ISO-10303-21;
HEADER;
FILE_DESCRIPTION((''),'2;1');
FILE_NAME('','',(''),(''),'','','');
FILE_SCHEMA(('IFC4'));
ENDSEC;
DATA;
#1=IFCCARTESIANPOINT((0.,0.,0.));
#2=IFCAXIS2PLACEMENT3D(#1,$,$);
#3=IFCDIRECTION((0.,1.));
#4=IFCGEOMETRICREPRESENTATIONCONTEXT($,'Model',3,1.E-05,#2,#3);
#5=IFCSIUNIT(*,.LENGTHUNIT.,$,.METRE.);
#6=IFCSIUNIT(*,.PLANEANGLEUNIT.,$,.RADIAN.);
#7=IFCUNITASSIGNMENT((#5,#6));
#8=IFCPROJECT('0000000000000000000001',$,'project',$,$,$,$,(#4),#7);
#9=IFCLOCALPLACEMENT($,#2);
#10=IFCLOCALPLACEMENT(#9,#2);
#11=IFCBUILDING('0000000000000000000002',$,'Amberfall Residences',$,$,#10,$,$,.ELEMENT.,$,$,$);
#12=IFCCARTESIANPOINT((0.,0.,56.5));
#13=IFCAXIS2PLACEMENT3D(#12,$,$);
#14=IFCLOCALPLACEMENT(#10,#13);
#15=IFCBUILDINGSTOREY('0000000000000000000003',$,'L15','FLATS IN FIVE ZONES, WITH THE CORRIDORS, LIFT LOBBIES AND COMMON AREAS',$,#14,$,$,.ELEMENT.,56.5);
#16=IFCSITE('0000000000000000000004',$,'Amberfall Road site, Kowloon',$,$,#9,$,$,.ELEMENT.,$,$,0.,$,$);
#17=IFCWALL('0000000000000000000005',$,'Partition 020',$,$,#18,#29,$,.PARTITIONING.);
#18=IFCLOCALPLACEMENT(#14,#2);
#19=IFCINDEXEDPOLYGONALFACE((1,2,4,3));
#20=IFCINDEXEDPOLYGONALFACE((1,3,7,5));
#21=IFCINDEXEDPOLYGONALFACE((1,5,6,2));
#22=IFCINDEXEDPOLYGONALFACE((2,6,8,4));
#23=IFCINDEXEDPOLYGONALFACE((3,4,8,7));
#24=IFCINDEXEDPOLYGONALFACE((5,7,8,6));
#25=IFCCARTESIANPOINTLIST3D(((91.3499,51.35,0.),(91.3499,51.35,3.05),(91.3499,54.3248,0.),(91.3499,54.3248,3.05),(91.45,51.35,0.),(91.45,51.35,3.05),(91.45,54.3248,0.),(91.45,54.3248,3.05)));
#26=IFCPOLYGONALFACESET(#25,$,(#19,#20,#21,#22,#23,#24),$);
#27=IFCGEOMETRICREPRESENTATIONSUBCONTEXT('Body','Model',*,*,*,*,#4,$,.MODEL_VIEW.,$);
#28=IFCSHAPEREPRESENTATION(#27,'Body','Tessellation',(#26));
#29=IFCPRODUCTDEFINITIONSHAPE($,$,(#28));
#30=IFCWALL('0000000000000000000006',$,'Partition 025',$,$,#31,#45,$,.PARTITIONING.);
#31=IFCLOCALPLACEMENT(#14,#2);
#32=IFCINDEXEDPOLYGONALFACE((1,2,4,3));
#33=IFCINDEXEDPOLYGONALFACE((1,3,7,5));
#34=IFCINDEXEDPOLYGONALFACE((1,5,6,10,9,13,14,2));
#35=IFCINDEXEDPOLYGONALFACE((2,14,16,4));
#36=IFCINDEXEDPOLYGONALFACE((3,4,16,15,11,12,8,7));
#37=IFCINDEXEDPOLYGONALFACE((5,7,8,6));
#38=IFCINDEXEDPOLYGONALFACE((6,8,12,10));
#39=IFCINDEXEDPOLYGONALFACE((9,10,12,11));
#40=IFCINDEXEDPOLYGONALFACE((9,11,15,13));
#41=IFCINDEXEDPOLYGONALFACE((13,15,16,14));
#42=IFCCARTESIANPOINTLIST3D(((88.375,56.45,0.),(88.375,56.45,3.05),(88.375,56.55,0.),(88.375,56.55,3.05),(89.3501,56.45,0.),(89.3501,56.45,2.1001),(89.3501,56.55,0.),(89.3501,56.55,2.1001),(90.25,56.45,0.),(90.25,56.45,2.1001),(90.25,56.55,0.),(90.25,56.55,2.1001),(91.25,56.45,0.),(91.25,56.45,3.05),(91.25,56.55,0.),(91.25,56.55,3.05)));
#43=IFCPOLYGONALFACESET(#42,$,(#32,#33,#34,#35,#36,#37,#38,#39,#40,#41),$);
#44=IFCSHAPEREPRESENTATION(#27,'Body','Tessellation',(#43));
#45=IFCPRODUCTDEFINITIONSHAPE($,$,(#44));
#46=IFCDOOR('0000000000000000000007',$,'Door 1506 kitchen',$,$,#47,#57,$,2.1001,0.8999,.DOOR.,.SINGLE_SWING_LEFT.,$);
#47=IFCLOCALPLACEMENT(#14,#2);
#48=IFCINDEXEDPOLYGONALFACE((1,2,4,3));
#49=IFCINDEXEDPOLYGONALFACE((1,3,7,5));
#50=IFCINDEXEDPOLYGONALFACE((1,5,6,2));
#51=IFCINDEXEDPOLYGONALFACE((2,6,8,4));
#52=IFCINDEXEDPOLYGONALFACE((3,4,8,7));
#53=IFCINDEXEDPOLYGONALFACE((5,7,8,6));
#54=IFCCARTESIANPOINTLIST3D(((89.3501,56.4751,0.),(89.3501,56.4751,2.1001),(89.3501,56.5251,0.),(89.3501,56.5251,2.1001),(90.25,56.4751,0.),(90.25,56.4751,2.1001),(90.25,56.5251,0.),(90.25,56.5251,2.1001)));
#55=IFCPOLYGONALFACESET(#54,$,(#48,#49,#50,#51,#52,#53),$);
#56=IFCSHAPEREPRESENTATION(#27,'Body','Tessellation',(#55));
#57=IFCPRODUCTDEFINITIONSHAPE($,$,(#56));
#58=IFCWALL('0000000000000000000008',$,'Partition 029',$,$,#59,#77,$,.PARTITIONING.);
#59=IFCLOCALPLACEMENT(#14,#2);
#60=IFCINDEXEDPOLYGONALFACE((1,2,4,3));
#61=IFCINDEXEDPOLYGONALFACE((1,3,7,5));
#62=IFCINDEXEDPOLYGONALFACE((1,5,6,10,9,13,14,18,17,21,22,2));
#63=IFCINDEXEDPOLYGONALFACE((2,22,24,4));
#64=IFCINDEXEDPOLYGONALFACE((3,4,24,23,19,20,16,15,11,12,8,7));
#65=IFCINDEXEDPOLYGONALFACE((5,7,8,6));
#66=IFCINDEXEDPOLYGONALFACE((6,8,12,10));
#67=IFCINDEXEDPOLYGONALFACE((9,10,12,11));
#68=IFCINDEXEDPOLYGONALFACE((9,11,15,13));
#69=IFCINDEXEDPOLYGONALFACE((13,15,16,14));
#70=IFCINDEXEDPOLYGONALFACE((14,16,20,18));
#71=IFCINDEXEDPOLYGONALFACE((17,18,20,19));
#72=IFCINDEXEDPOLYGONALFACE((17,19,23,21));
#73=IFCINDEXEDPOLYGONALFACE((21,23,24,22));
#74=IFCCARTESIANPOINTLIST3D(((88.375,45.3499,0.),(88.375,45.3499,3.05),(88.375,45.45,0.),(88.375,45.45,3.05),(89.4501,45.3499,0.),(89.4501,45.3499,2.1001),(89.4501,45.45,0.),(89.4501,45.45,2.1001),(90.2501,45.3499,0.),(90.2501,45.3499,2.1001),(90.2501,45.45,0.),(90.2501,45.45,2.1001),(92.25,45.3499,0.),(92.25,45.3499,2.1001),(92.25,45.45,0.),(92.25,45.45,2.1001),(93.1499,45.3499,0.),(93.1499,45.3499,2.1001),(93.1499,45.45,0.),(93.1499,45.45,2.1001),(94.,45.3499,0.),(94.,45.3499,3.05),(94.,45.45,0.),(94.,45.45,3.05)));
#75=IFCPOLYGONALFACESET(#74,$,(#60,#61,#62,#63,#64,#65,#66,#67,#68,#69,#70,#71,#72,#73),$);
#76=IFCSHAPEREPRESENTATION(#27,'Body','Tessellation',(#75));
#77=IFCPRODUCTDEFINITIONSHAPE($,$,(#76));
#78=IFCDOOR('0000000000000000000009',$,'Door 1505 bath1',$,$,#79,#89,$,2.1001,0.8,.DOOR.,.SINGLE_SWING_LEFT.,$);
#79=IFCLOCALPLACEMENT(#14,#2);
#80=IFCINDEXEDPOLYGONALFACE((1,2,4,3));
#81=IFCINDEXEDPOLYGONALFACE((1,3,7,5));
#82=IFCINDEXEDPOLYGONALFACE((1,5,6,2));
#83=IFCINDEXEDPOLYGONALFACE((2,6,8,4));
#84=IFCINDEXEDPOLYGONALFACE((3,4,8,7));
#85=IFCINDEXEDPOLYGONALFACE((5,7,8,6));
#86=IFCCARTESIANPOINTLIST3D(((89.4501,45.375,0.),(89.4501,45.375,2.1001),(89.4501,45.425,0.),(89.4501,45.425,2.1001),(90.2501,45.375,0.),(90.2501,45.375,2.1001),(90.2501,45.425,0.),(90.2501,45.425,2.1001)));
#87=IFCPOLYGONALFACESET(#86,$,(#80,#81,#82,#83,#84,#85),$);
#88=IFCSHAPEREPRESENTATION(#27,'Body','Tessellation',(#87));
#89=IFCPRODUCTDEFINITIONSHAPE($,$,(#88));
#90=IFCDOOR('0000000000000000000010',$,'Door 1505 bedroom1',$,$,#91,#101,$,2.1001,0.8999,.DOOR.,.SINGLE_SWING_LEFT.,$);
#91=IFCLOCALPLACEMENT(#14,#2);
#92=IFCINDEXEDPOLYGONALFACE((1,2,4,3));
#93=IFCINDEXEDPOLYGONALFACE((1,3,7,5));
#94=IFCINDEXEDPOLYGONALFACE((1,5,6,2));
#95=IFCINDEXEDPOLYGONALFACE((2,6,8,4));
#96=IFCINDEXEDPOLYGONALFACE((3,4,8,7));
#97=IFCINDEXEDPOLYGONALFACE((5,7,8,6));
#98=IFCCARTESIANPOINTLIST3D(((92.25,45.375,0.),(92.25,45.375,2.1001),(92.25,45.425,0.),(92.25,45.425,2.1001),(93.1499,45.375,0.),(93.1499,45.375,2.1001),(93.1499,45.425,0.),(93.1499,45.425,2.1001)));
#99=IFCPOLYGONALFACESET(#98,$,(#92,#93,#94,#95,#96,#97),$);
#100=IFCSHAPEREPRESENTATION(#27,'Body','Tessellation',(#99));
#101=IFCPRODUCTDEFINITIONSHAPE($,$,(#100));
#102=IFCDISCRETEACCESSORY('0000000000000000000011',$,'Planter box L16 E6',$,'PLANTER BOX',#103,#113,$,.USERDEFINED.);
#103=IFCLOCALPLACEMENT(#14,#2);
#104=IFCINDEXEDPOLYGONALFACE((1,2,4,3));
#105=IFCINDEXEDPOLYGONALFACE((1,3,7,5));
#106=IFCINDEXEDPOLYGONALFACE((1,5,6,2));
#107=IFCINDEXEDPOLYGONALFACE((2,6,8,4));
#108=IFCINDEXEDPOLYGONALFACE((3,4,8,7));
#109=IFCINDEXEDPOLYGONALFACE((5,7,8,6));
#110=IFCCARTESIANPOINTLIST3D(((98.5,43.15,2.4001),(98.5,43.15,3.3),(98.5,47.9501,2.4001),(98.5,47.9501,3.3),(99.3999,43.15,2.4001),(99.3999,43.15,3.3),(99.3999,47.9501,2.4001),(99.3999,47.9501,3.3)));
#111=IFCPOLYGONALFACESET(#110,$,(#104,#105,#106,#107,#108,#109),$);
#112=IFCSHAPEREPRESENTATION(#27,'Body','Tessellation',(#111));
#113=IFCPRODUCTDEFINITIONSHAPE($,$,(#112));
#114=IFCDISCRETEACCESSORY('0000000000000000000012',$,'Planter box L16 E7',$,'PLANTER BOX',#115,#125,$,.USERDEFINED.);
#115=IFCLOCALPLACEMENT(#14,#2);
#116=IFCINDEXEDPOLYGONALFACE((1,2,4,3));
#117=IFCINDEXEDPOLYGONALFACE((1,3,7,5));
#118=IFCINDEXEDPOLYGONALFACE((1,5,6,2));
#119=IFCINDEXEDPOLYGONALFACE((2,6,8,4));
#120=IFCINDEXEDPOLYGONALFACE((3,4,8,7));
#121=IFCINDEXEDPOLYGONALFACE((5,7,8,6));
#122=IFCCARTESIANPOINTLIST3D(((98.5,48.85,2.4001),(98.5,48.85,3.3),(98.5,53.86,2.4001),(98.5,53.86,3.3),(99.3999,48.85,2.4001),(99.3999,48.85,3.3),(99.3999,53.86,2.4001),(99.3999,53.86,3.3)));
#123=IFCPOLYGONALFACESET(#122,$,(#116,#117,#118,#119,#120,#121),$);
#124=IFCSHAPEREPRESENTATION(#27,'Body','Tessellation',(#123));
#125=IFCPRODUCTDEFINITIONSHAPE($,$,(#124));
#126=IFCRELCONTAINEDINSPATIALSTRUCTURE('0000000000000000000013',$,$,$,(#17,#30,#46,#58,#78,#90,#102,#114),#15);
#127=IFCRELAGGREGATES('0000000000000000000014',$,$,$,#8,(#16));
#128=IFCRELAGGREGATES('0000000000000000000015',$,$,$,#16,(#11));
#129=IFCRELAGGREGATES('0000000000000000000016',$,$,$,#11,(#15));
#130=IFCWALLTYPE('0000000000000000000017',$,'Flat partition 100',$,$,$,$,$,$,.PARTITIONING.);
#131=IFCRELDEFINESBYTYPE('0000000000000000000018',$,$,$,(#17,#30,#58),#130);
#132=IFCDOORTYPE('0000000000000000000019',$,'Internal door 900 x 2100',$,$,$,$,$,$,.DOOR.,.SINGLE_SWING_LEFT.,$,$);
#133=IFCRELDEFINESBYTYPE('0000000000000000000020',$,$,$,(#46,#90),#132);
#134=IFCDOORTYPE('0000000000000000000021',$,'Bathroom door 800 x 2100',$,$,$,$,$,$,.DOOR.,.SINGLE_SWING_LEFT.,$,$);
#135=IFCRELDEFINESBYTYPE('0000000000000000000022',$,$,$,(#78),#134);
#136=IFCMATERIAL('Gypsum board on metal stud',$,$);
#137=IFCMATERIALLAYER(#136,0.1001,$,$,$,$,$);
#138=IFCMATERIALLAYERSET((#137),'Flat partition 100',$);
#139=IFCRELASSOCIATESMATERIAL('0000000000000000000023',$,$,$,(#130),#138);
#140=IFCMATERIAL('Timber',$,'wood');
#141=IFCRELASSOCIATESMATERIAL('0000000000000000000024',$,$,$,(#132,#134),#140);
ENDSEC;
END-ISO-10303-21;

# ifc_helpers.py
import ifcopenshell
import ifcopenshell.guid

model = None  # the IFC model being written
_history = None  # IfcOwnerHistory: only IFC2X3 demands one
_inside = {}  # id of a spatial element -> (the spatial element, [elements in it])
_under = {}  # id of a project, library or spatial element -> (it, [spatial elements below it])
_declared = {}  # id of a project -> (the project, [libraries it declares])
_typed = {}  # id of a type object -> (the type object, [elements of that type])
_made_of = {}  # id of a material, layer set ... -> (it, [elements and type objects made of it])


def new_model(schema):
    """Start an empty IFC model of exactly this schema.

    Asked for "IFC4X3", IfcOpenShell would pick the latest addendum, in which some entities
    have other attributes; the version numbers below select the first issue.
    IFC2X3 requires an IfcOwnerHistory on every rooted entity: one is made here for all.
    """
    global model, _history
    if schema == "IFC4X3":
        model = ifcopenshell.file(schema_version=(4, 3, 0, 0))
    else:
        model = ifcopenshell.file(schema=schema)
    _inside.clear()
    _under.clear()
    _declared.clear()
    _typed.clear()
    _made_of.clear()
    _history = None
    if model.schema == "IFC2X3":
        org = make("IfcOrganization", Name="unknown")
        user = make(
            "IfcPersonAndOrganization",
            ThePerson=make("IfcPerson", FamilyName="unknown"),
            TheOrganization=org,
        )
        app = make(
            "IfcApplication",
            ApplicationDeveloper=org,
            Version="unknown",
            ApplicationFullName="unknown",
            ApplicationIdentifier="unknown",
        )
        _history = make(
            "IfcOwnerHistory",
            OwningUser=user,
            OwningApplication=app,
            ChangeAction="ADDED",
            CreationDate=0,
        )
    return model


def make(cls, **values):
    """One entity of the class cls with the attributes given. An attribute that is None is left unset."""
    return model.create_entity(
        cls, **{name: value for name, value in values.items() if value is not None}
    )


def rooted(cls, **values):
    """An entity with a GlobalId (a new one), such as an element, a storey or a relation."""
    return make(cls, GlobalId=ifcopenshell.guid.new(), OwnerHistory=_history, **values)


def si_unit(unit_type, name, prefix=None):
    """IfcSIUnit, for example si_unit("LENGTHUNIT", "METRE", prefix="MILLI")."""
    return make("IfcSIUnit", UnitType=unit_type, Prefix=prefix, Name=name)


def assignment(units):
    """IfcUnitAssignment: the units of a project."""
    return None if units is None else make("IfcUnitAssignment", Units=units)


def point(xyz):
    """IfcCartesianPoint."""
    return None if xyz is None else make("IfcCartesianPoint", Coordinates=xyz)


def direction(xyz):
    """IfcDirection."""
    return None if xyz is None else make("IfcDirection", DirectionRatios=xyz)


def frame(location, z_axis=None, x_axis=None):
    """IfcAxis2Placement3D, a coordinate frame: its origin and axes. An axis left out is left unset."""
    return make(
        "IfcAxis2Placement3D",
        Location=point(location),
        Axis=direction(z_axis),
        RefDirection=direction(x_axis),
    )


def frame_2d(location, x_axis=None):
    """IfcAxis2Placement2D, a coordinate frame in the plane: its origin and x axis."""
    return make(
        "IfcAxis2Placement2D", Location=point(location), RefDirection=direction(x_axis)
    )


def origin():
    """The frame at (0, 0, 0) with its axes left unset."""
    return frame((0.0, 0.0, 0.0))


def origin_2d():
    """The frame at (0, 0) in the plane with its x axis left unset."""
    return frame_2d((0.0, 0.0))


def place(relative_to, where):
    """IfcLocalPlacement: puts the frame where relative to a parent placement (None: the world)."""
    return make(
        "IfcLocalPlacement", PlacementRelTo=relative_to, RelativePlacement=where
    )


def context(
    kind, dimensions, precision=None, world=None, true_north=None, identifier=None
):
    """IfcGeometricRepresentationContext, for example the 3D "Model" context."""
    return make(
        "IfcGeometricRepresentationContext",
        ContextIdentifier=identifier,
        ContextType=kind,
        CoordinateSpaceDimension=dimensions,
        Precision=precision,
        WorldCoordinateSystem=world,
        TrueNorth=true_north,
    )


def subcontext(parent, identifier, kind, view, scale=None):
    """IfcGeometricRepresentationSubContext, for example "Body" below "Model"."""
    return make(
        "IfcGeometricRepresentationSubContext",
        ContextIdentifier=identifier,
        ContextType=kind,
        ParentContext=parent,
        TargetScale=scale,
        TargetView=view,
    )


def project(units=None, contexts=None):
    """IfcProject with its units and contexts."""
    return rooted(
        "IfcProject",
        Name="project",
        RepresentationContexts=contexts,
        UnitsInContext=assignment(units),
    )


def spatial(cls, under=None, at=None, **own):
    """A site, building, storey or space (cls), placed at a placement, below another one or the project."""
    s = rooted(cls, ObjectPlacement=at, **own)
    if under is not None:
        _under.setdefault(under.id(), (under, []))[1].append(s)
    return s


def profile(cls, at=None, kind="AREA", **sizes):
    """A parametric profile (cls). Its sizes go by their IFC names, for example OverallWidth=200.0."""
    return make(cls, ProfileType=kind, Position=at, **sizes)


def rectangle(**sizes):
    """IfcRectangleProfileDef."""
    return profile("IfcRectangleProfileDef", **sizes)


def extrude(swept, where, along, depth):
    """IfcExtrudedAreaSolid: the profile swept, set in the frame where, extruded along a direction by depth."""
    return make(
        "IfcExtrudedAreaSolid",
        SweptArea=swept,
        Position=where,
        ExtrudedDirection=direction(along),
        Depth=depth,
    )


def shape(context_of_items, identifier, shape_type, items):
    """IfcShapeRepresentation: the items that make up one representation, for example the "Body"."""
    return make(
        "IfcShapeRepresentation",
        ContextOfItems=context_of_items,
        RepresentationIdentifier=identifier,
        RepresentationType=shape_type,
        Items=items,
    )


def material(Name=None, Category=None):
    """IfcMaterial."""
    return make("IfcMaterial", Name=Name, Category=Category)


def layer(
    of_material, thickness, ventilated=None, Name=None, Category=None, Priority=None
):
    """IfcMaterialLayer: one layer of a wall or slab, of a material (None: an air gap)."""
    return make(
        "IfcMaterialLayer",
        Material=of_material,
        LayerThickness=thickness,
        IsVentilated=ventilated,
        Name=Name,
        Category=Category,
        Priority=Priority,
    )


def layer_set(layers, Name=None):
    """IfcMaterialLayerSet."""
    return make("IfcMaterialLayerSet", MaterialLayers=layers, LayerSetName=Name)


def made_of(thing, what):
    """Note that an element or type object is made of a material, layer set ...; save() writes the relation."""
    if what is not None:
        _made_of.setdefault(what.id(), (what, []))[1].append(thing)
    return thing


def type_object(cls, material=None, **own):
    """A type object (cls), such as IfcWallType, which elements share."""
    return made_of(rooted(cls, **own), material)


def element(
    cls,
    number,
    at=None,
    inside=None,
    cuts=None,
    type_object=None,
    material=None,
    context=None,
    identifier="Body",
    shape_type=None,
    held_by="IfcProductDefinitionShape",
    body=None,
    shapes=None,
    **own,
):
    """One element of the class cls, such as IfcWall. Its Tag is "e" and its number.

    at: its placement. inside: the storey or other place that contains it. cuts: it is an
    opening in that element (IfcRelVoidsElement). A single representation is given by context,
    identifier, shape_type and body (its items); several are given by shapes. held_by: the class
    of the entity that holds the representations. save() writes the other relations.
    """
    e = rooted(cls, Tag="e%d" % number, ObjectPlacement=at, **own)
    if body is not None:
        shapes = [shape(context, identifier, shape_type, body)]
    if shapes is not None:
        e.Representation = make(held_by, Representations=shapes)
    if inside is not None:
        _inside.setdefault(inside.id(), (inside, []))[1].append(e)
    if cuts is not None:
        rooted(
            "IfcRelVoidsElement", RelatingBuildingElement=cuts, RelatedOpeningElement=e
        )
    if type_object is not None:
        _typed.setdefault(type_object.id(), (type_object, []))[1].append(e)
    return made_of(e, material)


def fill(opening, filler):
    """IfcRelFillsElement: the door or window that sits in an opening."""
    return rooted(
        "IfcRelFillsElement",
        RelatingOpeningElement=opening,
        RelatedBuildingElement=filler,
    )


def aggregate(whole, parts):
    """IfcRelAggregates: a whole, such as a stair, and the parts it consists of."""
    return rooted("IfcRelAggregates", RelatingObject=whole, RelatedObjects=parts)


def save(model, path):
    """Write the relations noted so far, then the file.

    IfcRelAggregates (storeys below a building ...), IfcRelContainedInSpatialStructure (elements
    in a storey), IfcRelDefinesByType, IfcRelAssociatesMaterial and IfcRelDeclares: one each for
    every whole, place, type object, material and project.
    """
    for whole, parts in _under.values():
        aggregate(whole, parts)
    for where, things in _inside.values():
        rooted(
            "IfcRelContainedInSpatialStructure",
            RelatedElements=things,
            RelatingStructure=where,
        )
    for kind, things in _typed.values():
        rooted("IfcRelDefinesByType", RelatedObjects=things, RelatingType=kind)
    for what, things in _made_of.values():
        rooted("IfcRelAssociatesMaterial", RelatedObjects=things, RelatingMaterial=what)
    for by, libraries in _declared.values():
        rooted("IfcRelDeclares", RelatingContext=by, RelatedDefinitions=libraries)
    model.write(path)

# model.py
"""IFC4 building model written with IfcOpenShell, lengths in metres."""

from ifc_helpers import new_model, si_unit, direction, frame, frame_2d, origin, origin_2d, place, context, subcontext, project, spatial, rectangle, extrude, material, layer, layer_set, type_object, element, fill, save


model = new_model("IFC4")

# Units and contexts
model_context = context("Model", 3, precision=1e-05, world=origin(), true_north=direction((0.0, 1.0)))
body_context = subcontext(model_context, "Body", "Model", "MODEL_VIEW")
ifc_project = project(units=[si_unit("LENGTHUNIT", "METRE"), si_unit("PLANEANGLEUNIT", "RADIAN")], contexts=[model_context])

# Site, building, storey
site_placement = place(None, origin())
site = spatial("IfcSite", under=ifc_project, at=site_placement, Name="Amberfall Road site, Kowloon", CompositionType="ELEMENT", RefElevation=0.0)
building_placement = place(site_placement, origin())
building = spatial("IfcBuilding", under=site, at=building_placement, Name="Amberfall Residences", CompositionType="ELEMENT")
storey_placement = place(building_placement, frame((0.0, 0.0, 56.5)))
storey = spatial("IfcBuildingStorey", under=building, at=storey_placement, Name="L15", Description="FLATS IN FIVE ZONES, WITH THE CORRIDORS, LIFT LOBBIES AND COMMON AREAS", CompositionType="ELEMENT", Elevation=56.5)

# Wall
ifc_material_1 = material(Name="Gypsum board on metal stud")
ifc_layer_1 = layer(ifc_material_1, 0.1001)
ifc_layer_set_1 = layer_set([ifc_layer_1], Name="Flat partition 100")
wall_type = type_object("IfcWallType", Name="Flat partition 100", PredefinedType="PARTITIONING", material=ifc_layer_set_1)
wall_1_placement = place(storey_placement, frame((91.3999, 51.3501, 0.0), z_axis=(0.0, 0.0, 1.0), x_axis=(0.0, 1.0, 0.0)))
element("IfcWall", 1, at=wall_1_placement, inside=storey, type_object=wall_type, Name="Partition 020", PredefinedType="PARTITIONING", context=body_context, shape_type="SweptSolid", body=[
    extrude(rectangle(XDim=2.9749, YDim=0.1001, at=frame_2d((1.4873, 0.0))), origin(), (0.0, 0.0, 1.0), 3.05),
])

# Wall, opening, door
wall_2_placement = place(storey_placement, frame((91.25, 56.5, 0.0), z_axis=(0.0, 0.0, 1.0), x_axis=(-1.0, 0.0, 0.0)))
wall_2 = element("IfcWall", 2, at=wall_2_placement, inside=storey, type_object=wall_type, Name="Partition 025", PredefinedType="PARTITIONING", context=body_context, shape_type="SweptSolid", body=[
    extrude(rectangle(XDim=2.875, YDim=0.1001, at=frame_2d((1.4375, 0.0))), origin(), (0.0, 0.0, 1.0), 3.05),
])
opening_1_placement = place(wall_2_placement, frame((1.0, 0.0, 0.0)))
opening_1 = element("IfcOpeningElement", 3, at=opening_1_placement, cuts=wall_2, PredefinedType="OPENING", context=body_context, shape_type="SweptSolid", body=[
    extrude(rectangle(XDim=0.8999, YDim=2.1001, at=frame_2d((0.45, 1.05))), frame((0.0, 0.0601, 0.0), z_axis=(0.0, -1.0, 0.0), x_axis=(1.0, 0.0, 0.0)), (0.0, 0.0, 1.0), 0.1201),
])
ifc_material_2 = material(Name="Timber", Category="wood")
door_type_1 = type_object("IfcDoorType", Name="Internal door 900 x 2100", OperationType="SINGLE_SWING_LEFT", PredefinedType="DOOR", material=ifc_material_2)
door_1_placement = place(opening_1_placement, origin())
door_1 = element("IfcDoor", 4, at=door_1_placement, inside=storey, type_object=door_type_1, Name="Door 1506 kitchen", OperationType="SINGLE_SWING_LEFT", OverallHeight=2.1001, OverallWidth=0.8999, PredefinedType="DOOR", context=body_context, shape_type="SweptSolid", body=[
    extrude(rectangle(XDim=0.8999, YDim=2.1001, at=frame_2d((0.45, 1.05))), frame((0.0, 0.0249, 0.0), z_axis=(0.0, -1.0, 0.0), x_axis=(1.0, 0.0, 0.0)), (0.0, 0.0, 1.0), 0.05),
])
fill(opening_1, door_1)

# Wall, openings, doors
wall_3_placement = place(storey_placement, frame((94.0, 45.3999, 0.0), z_axis=(0.0, 0.0, 1.0), x_axis=(-1.0, 0.0, 0.0)))
wall_3 = element("IfcWall", 5, at=wall_3_placement, inside=storey, type_object=wall_type, Name="Partition 029", PredefinedType="PARTITIONING", context=body_context, shape_type="SweptSolid", body=[
    extrude(rectangle(XDim=5.625, YDim=0.1001, at=frame_2d((2.8125, 0.0))), origin(), (0.0, 0.0, 1.0), 3.05),
])
opening_2_placement = place(wall_3_placement, frame((0.8501, 0.0, 0.0)))
opening_2 = element("IfcOpeningElement", 6, at=opening_2_placement, cuts=wall_3, PredefinedType="OPENING", context=body_context, shape_type="SweptSolid", body=[
    extrude(rectangle(XDim=0.8999, YDim=2.1001, at=frame_2d((0.45, 1.05))), frame((0.0, 0.0601, 0.0), z_axis=(0.0, -1.0, 0.0), x_axis=(1.0, 0.0, 0.0)), (0.0, 0.0, 1.0), 0.1201),
])
opening_3_placement = place(wall_3_placement, frame((3.75, 0.0, 0.0)))
opening_3 = element("IfcOpeningElement", 7, at=opening_3_placement, cuts=wall_3, PredefinedType="OPENING", context=body_context, shape_type="SweptSolid", body=[
    extrude(rectangle(XDim=0.8, YDim=2.1001, at=frame_2d((0.3999, 1.05))), frame((0.0, 0.0601, 0.0), z_axis=(0.0, -1.0, 0.0), x_axis=(1.0, 0.0, 0.0)), (0.0, 0.0, 1.0), 0.1201),
])
door_type_2 = type_object("IfcDoorType", Name="Bathroom door 800 x 2100", OperationType="SINGLE_SWING_LEFT", PredefinedType="DOOR", material=ifc_material_2)
door_2_placement = place(opening_3_placement, origin())
door_2 = element("IfcDoor", 8, at=door_2_placement, inside=storey, type_object=door_type_2, Name="Door 1505 bath1", OperationType="SINGLE_SWING_LEFT", OverallHeight=2.1001, OverallWidth=0.8, PredefinedType="DOOR", context=body_context, shape_type="SweptSolid", body=[
    extrude(rectangle(XDim=0.8, YDim=2.1001, at=frame_2d((0.3999, 1.05))), frame((0.0, 0.0249, 0.0), z_axis=(0.0, -1.0, 0.0), x_axis=(1.0, 0.0, 0.0)), (0.0, 0.0, 1.0), 0.05),
])
fill(opening_3, door_2)
door_3_placement = place(opening_2_placement, origin())
door_3 = element("IfcDoor", 9, at=door_3_placement, inside=storey, type_object=door_type_1, Name="Door 1505 bedroom1", OperationType="SINGLE_SWING_LEFT", OverallHeight=2.1001, OverallWidth=0.8999, PredefinedType="DOOR", context=body_context, shape_type="SweptSolid", body=[
    extrude(rectangle(XDim=0.8999, YDim=2.1001, at=frame_2d((0.45, 1.05))), frame((0.0, 0.0249, 0.0), z_axis=(0.0, -1.0, 0.0), x_axis=(1.0, 0.0, 0.0)), (0.0, 0.0, 1.0), 0.05),
])
fill(opening_2, door_3)

# Discrete accessories
discrete_accessory_1_placement = place(storey_placement, frame((98.95, 45.55, 2.4001), z_axis=(0.0, 0.0, 1.0), x_axis=(0.0, 1.0, 0.0)))
element("IfcDiscreteAccessory", 10, at=discrete_accessory_1_placement, inside=storey, Name="Planter box L16 E6", ObjectType="PLANTER BOX", PredefinedType="USERDEFINED", context=body_context, shape_type="SweptSolid", body=[
    extrude(rectangle(XDim=4.8, YDim=0.8999, at=origin_2d()), origin(), (0.0, 0.0, 1.0), 0.8999),
])
discrete_accessory_2_placement = place(storey_placement, frame((98.95, 51.355, 2.4001), z_axis=(0.0, 0.0, 1.0), x_axis=(0.0, 1.0, 0.0)))
element("IfcDiscreteAccessory", 11, at=discrete_accessory_2_placement, inside=storey, Name="Planter box L16 E7", ObjectType="PLANTER BOX", PredefinedType="USERDEFINED", context=body_context, shape_type="SweptSolid", body=[
    extrude(rectangle(XDim=5.01, YDim=0.8999, at=origin_2d()), origin(), (0.0, 0.0, 1.0), 0.8999),
])

save(model, "model.ifc")
